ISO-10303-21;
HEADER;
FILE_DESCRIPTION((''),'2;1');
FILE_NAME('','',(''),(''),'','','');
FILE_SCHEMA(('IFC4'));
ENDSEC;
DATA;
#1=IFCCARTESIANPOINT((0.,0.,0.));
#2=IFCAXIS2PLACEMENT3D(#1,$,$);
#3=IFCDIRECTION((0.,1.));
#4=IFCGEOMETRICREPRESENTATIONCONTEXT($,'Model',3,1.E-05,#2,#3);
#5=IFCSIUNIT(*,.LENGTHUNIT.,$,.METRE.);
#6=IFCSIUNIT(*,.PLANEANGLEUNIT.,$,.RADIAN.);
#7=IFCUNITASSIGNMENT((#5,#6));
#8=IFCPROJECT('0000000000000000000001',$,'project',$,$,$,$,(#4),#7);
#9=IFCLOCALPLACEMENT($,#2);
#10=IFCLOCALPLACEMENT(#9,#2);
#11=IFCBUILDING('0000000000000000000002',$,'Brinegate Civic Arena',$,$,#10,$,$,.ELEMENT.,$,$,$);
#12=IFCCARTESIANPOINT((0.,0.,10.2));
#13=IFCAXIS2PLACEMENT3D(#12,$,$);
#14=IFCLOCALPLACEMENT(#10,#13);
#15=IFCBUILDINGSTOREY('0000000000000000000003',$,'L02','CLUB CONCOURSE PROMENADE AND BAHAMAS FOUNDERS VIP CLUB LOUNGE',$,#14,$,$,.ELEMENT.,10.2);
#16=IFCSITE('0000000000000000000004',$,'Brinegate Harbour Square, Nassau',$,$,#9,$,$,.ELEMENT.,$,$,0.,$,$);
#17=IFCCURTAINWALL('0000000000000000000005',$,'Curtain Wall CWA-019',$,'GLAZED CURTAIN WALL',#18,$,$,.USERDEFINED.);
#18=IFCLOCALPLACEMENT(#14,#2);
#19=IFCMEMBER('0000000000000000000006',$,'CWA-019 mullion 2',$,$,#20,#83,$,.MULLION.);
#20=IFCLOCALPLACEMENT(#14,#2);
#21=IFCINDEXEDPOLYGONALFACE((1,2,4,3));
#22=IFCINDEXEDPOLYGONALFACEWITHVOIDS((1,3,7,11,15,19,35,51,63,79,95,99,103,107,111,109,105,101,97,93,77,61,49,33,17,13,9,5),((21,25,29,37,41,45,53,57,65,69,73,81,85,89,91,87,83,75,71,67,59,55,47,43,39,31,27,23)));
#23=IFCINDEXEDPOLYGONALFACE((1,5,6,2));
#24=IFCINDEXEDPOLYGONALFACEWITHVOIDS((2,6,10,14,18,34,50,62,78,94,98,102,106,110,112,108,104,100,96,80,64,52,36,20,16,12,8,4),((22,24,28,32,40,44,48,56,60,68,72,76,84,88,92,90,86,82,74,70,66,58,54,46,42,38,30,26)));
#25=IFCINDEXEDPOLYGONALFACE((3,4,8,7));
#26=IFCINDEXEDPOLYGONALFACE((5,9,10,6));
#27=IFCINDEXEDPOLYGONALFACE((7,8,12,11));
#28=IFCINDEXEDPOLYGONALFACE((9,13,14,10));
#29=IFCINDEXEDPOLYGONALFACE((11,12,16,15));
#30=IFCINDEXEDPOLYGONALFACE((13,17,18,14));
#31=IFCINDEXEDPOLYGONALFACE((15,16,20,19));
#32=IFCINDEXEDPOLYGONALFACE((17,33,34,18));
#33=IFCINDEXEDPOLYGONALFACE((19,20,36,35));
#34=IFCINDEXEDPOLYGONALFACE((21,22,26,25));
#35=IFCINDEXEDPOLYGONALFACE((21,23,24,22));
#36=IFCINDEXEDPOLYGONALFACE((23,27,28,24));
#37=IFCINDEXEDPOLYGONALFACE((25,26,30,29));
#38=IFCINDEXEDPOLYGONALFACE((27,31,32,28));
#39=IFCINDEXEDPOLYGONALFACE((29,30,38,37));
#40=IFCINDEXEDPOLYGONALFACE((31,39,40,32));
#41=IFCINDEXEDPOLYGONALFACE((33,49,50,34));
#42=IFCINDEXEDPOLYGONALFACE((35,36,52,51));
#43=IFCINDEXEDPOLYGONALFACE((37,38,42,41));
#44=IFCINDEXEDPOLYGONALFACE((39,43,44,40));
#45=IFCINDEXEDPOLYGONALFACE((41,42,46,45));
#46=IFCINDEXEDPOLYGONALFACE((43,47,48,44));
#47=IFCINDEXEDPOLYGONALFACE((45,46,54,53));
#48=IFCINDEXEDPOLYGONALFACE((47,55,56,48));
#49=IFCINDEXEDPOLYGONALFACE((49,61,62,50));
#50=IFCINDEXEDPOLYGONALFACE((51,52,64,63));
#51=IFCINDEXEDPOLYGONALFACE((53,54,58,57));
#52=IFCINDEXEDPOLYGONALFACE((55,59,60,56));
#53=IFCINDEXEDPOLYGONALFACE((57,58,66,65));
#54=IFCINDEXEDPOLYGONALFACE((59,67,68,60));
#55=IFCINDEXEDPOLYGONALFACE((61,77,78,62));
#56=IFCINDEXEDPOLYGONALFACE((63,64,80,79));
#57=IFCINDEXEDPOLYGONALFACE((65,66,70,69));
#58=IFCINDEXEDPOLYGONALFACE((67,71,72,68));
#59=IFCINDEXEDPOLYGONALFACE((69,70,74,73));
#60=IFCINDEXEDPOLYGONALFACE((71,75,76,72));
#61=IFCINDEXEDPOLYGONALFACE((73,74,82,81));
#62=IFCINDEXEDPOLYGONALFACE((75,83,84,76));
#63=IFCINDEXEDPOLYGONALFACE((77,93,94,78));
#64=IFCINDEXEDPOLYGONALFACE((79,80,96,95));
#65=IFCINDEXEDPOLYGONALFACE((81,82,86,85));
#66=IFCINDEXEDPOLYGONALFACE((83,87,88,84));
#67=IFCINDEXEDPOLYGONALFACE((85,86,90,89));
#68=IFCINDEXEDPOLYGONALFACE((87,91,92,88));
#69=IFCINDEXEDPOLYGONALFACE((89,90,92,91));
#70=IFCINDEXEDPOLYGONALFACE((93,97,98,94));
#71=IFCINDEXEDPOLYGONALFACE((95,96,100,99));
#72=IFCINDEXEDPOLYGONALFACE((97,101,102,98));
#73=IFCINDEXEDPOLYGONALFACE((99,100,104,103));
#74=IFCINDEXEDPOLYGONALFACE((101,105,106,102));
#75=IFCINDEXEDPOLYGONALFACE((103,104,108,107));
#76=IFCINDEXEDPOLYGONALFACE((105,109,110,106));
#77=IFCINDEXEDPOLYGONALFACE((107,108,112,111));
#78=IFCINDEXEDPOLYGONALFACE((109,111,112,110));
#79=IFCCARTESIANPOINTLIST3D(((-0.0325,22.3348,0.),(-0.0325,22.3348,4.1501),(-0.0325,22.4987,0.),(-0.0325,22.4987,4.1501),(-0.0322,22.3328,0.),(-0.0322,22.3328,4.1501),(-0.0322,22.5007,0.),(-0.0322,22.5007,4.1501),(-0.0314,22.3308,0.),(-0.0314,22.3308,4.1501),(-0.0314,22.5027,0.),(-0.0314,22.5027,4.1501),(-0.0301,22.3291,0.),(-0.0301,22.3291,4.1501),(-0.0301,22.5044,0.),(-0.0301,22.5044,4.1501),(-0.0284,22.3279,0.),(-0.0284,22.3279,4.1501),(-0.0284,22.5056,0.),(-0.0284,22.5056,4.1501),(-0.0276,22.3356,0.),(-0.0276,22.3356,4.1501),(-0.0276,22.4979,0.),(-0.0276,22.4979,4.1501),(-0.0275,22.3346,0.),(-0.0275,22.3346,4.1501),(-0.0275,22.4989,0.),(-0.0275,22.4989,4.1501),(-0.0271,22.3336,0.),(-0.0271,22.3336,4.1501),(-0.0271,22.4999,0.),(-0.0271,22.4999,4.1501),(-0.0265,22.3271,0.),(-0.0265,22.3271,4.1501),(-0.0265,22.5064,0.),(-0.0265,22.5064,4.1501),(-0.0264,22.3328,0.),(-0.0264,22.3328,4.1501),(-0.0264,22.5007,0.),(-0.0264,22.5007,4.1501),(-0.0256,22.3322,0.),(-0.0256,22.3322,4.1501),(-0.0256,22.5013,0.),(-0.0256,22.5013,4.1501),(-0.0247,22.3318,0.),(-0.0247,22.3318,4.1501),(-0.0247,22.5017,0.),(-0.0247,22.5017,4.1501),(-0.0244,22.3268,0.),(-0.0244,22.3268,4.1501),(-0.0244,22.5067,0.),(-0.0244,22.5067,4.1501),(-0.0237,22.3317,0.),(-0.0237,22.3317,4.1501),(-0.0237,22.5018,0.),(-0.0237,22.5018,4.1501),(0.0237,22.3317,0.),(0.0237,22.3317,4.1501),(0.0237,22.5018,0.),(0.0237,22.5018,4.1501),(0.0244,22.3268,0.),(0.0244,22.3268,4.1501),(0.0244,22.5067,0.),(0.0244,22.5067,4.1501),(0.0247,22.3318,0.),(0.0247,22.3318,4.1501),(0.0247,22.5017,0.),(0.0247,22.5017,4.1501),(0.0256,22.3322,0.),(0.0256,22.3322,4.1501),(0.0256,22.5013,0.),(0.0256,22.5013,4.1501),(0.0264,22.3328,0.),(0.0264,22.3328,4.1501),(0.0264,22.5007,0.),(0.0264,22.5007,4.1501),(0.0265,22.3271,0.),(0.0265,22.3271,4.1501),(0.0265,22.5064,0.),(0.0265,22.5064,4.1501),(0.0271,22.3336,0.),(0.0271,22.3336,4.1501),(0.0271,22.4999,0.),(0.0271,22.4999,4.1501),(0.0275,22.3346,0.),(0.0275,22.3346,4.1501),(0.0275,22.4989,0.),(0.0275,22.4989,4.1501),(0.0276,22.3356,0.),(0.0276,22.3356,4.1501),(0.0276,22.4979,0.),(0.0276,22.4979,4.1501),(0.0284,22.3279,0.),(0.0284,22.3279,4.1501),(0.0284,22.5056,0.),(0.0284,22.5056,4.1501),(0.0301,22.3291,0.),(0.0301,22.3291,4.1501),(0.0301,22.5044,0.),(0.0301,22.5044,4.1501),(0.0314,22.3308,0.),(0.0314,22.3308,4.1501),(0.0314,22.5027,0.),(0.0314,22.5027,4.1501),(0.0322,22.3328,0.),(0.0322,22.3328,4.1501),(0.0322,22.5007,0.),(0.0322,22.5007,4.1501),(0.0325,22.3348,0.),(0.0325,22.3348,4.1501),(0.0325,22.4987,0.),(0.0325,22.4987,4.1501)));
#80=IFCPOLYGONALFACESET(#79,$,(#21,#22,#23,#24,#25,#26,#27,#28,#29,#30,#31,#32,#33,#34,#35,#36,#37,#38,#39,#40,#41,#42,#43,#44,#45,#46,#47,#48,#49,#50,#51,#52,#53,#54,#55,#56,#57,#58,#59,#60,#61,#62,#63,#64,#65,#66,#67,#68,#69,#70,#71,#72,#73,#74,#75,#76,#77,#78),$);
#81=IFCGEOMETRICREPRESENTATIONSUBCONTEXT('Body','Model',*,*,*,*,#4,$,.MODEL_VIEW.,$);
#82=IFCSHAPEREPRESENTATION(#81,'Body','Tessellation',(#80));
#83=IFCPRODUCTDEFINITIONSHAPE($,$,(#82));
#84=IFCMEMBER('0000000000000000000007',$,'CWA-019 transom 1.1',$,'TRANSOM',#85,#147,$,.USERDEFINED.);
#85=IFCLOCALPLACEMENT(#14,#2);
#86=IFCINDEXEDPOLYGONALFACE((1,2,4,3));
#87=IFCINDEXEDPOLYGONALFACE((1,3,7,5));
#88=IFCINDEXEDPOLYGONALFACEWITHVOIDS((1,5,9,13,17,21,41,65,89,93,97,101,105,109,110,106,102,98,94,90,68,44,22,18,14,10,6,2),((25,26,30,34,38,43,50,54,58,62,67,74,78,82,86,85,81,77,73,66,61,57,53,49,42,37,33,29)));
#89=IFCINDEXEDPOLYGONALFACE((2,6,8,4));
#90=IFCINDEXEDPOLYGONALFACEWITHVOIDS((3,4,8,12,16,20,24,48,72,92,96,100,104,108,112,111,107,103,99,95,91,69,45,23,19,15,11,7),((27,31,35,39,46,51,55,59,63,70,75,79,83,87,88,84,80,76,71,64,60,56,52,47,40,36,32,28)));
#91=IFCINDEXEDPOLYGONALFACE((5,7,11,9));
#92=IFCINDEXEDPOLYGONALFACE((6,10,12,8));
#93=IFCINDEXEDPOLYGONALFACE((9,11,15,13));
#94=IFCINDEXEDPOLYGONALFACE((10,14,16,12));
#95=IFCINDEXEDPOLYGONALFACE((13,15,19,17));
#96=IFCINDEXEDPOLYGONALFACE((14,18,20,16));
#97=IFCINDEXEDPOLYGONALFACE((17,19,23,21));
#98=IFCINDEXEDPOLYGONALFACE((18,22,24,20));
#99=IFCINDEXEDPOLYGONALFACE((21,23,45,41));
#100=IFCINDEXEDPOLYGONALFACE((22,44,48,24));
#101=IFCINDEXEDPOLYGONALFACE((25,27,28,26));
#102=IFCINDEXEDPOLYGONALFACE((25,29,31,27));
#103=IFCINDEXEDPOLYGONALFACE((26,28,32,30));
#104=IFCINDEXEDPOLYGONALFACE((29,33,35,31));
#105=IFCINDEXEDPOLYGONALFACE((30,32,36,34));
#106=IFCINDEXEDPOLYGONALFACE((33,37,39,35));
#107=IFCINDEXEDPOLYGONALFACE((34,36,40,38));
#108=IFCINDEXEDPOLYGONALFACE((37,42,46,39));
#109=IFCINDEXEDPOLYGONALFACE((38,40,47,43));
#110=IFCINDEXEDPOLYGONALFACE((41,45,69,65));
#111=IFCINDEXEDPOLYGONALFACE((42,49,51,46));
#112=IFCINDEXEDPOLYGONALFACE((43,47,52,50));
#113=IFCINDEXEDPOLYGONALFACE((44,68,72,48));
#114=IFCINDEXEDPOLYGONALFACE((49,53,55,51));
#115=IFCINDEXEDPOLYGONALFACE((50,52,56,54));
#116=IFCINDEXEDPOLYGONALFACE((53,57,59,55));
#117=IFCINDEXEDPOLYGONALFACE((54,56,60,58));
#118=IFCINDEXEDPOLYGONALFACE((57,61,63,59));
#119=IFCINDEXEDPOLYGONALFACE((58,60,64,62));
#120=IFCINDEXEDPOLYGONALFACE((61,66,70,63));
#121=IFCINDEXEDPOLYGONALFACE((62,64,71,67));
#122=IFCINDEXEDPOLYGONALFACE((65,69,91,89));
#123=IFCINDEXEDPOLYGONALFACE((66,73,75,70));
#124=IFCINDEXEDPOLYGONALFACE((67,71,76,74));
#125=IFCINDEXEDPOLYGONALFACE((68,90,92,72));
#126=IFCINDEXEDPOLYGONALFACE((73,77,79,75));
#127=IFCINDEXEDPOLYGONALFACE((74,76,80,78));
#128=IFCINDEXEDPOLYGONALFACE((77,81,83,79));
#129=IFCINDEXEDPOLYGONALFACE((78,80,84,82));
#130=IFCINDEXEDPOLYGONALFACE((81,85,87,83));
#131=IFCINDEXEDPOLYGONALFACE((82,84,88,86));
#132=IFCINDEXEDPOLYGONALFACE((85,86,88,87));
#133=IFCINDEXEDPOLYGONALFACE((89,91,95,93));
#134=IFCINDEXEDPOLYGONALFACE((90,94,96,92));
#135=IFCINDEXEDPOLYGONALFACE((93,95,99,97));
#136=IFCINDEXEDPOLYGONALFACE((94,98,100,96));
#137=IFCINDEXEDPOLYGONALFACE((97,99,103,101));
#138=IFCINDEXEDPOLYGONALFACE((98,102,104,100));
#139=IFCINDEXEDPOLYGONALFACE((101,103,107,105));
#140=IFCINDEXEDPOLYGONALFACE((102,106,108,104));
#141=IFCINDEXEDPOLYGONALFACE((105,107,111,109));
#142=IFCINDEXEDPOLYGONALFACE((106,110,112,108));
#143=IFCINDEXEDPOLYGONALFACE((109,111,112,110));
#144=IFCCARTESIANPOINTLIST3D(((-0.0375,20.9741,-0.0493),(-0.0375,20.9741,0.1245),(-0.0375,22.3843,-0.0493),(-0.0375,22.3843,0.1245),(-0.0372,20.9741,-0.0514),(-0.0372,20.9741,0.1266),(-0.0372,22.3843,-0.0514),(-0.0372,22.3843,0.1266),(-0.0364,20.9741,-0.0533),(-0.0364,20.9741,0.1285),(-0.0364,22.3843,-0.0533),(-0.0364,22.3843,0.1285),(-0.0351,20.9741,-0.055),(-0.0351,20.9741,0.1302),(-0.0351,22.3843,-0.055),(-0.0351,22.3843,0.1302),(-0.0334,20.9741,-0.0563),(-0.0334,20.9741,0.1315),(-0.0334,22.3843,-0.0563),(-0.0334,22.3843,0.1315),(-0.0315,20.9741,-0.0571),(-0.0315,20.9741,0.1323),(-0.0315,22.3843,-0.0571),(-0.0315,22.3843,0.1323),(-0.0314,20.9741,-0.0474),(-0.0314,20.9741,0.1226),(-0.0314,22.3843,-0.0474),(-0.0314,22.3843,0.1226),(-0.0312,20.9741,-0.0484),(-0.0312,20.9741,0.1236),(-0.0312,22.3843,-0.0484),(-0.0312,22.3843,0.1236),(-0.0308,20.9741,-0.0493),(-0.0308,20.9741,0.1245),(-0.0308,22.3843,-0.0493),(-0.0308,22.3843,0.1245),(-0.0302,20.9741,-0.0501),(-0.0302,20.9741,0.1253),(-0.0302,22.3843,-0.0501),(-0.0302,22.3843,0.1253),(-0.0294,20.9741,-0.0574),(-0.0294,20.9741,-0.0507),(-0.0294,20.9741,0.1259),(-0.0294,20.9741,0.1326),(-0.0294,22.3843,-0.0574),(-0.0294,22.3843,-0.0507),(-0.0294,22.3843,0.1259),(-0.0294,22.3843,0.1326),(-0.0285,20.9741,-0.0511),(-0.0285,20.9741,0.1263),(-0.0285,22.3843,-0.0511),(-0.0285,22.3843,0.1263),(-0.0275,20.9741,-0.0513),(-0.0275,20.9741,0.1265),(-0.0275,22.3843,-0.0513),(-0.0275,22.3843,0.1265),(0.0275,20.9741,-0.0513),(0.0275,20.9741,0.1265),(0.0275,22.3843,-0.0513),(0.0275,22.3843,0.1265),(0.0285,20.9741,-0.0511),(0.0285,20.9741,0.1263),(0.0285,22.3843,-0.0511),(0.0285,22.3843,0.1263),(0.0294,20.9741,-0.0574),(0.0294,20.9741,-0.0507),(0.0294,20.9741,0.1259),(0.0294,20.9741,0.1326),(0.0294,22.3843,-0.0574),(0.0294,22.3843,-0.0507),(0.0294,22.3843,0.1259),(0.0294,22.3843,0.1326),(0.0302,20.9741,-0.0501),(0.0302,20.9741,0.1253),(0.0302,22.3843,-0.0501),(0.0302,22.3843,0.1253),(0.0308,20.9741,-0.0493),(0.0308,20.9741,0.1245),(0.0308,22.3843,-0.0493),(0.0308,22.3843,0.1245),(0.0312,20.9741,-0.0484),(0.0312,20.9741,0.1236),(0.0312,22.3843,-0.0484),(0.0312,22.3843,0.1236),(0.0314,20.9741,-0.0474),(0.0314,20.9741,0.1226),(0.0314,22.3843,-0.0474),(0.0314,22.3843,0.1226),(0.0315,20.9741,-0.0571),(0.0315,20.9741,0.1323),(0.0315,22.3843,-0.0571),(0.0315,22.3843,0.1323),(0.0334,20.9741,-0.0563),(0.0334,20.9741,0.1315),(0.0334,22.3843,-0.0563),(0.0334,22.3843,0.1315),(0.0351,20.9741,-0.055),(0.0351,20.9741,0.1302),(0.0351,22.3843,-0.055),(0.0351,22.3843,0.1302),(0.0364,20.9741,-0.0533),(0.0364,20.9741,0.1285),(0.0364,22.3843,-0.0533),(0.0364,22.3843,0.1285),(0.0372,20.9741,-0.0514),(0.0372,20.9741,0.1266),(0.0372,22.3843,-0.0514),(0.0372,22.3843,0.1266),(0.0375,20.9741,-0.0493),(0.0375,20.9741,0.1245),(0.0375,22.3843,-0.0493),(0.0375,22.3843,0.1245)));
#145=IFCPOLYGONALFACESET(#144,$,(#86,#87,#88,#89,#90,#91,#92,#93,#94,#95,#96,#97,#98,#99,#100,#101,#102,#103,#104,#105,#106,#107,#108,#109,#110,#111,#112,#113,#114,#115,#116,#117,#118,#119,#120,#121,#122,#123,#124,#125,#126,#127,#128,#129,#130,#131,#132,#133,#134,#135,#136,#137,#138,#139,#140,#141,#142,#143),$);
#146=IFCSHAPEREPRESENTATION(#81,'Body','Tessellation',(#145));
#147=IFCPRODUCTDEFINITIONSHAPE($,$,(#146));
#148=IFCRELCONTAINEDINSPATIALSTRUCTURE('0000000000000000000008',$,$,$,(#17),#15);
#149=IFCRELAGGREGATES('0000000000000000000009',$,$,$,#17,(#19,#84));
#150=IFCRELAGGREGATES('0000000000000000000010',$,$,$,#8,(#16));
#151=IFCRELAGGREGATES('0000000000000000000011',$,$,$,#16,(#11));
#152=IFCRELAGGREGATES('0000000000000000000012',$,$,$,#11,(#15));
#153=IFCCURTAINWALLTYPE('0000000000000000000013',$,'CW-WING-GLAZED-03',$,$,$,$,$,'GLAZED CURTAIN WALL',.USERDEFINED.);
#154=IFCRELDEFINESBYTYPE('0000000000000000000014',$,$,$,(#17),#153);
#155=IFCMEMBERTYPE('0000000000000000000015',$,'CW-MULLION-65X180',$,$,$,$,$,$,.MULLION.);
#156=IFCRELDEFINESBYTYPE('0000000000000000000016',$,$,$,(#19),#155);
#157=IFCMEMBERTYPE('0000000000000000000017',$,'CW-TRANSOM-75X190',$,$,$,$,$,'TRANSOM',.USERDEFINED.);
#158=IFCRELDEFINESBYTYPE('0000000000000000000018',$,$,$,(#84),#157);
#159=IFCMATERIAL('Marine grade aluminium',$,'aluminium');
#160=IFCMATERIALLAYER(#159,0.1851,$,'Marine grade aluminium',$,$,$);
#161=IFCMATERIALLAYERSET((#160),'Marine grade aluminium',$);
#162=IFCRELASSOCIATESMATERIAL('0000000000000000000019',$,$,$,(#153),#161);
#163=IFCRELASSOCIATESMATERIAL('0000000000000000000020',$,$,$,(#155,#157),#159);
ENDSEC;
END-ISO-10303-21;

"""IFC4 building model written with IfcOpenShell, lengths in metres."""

from ifc_helpers import new_model, si_unit, direction, frame, origin, origin_2d, place, context, subcontext, project, spatial, hollow_rectangle, extrude, material, layer, layer_set, material_profile, profile_set, type_object, element, aggregate, save


model = new_model("IFC4")

# Units and contexts
model_context = context("Model", 3, precision=1e-05, world=origin(), true_north=direction((0.0, 1.0)))
body_context = subcontext(model_context, "Body", "Model", "MODEL_VIEW")
ifc_project = project(units=[si_unit("LENGTHUNIT", "METRE"), si_unit("PLANEANGLEUNIT", "RADIAN")], contexts=[model_context])

# Site, building, storey
site_placement = place(None, origin())
site = spatial("IfcSite", under=ifc_project, at=site_placement, Name="Brinegate Harbour Square, Nassau", CompositionType="ELEMENT", RefElevation=0.0)
building_placement = place(site_placement, origin())
building = spatial("IfcBuilding", under=site, at=building_placement, Name="Brinegate Civic Arena", CompositionType="ELEMENT")
storey_placement = place(building_placement, frame((0.0, 0.0, 10.2)))
storey = spatial("IfcBuildingStorey", under=building, at=storey_placement, Name="L02", Description="CLUB CONCOURSE PROMENADE AND BAHAMAS FOUNDERS VIP CLUB LOUNGE", CompositionType="ELEMENT", Elevation=10.2)

# Curtain wall, members
ifc_material_1 = material(Name="Marine grade aluminium", Category="aluminium")
ifc_layer_1 = layer(ifc_material_1, 0.1851, Name="Marine grade aluminium")
ifc_layer_set_1 = layer_set([ifc_layer_1], Name="Marine grade aluminium")
curtain_wall_type = type_object("IfcCurtainWallType", Name="CW-WING-GLAZED-03", ElementType="GLAZED CURTAIN WALL", PredefinedType="USERDEFINED", material=ifc_layer_set_1)
curtain_wall_placement = place(storey_placement, origin())
curtain_wall = element("IfcCurtainWall", 1, at=curtain_wall_placement, inside=storey, type_object=curtain_wall_type, Name="Curtain Wall CWA-019", ObjectType="GLAZED CURTAIN WALL", PredefinedType="USERDEFINED")
ifc_material_profile_1 = material_profile(ifc_material_1, hollow_rectangle(XDim=0.0649, YDim=0.1799, WallThickness=0.0049, InnerFilletRadius=0.0039, OuterFilletRadius=0.0081, at=origin_2d()), Name="MUL65X180")
ifc_profile_set_1 = profile_set([ifc_material_profile_1], Name="Marine grade aluminium")
member_type_1 = type_object("IfcMemberType", Name="CW-MULLION-65X180", PredefinedType="MULLION", material=ifc_profile_set_1)
member_1_placement = place(storey_placement, frame((0.0, 22.4167, 0.0), z_axis=(0.0, 0.0, 1.0), x_axis=(-1.0, 0.0, 0.0)))
member_1 = element("IfcMember", 2, at=member_1_placement, type_object=member_type_1, Name="CWA-019 mullion 2", PredefinedType="MULLION", context=body_context, shape_type="SweptSolid", body=[
    extrude(hollow_rectangle(XDim=0.0649, YDim=0.1799, WallThickness=0.0049, InnerFilletRadius=0.0039, OuterFilletRadius=0.0081, at=origin_2d()), origin(), (0.0, 0.0, 1.0), 4.1501),
])
ifc_material_profile_2 = material_profile(ifc_material_1, hollow_rectangle(XDim=0.075, YDim=0.1899, WallThickness=0.0061, InnerFilletRadius=0.0039, OuterFilletRadius=0.0081, at=origin_2d()), Name="TRN75X190")
ifc_profile_set_2 = profile_set([ifc_material_profile_2], Name="Marine grade aluminium")
member_type_2 = type_object("IfcMemberType", Name="CW-TRANSOM-75X190", ElementType="TRANSOM", PredefinedType="USERDEFINED", material=ifc_profile_set_2)
member_2_placement = place(storey_placement, frame((0.0, 20.9741, 0.0376), z_axis=(0.0, 1.0, 0.0), x_axis=(-1.0, 0.0, 0.0)))
member_2 = element("IfcMember", 3, at=member_2_placement, type_object=member_type_2, Name="CWA-019 transom 1.1", ObjectType="TRANSOM", PredefinedType="USERDEFINED", context=body_context, shape_type="SweptSolid", body=[
    extrude(hollow_rectangle(XDim=0.075, YDim=0.1899, WallThickness=0.0061, InnerFilletRadius=0.0039, OuterFilletRadius=0.0081, at=origin_2d()), origin(), (0.0, 0.0, 1.0), 1.4102),
])

aggregate(curtain_wall, [member_1, member_2])

save(model, "model.ifc")
